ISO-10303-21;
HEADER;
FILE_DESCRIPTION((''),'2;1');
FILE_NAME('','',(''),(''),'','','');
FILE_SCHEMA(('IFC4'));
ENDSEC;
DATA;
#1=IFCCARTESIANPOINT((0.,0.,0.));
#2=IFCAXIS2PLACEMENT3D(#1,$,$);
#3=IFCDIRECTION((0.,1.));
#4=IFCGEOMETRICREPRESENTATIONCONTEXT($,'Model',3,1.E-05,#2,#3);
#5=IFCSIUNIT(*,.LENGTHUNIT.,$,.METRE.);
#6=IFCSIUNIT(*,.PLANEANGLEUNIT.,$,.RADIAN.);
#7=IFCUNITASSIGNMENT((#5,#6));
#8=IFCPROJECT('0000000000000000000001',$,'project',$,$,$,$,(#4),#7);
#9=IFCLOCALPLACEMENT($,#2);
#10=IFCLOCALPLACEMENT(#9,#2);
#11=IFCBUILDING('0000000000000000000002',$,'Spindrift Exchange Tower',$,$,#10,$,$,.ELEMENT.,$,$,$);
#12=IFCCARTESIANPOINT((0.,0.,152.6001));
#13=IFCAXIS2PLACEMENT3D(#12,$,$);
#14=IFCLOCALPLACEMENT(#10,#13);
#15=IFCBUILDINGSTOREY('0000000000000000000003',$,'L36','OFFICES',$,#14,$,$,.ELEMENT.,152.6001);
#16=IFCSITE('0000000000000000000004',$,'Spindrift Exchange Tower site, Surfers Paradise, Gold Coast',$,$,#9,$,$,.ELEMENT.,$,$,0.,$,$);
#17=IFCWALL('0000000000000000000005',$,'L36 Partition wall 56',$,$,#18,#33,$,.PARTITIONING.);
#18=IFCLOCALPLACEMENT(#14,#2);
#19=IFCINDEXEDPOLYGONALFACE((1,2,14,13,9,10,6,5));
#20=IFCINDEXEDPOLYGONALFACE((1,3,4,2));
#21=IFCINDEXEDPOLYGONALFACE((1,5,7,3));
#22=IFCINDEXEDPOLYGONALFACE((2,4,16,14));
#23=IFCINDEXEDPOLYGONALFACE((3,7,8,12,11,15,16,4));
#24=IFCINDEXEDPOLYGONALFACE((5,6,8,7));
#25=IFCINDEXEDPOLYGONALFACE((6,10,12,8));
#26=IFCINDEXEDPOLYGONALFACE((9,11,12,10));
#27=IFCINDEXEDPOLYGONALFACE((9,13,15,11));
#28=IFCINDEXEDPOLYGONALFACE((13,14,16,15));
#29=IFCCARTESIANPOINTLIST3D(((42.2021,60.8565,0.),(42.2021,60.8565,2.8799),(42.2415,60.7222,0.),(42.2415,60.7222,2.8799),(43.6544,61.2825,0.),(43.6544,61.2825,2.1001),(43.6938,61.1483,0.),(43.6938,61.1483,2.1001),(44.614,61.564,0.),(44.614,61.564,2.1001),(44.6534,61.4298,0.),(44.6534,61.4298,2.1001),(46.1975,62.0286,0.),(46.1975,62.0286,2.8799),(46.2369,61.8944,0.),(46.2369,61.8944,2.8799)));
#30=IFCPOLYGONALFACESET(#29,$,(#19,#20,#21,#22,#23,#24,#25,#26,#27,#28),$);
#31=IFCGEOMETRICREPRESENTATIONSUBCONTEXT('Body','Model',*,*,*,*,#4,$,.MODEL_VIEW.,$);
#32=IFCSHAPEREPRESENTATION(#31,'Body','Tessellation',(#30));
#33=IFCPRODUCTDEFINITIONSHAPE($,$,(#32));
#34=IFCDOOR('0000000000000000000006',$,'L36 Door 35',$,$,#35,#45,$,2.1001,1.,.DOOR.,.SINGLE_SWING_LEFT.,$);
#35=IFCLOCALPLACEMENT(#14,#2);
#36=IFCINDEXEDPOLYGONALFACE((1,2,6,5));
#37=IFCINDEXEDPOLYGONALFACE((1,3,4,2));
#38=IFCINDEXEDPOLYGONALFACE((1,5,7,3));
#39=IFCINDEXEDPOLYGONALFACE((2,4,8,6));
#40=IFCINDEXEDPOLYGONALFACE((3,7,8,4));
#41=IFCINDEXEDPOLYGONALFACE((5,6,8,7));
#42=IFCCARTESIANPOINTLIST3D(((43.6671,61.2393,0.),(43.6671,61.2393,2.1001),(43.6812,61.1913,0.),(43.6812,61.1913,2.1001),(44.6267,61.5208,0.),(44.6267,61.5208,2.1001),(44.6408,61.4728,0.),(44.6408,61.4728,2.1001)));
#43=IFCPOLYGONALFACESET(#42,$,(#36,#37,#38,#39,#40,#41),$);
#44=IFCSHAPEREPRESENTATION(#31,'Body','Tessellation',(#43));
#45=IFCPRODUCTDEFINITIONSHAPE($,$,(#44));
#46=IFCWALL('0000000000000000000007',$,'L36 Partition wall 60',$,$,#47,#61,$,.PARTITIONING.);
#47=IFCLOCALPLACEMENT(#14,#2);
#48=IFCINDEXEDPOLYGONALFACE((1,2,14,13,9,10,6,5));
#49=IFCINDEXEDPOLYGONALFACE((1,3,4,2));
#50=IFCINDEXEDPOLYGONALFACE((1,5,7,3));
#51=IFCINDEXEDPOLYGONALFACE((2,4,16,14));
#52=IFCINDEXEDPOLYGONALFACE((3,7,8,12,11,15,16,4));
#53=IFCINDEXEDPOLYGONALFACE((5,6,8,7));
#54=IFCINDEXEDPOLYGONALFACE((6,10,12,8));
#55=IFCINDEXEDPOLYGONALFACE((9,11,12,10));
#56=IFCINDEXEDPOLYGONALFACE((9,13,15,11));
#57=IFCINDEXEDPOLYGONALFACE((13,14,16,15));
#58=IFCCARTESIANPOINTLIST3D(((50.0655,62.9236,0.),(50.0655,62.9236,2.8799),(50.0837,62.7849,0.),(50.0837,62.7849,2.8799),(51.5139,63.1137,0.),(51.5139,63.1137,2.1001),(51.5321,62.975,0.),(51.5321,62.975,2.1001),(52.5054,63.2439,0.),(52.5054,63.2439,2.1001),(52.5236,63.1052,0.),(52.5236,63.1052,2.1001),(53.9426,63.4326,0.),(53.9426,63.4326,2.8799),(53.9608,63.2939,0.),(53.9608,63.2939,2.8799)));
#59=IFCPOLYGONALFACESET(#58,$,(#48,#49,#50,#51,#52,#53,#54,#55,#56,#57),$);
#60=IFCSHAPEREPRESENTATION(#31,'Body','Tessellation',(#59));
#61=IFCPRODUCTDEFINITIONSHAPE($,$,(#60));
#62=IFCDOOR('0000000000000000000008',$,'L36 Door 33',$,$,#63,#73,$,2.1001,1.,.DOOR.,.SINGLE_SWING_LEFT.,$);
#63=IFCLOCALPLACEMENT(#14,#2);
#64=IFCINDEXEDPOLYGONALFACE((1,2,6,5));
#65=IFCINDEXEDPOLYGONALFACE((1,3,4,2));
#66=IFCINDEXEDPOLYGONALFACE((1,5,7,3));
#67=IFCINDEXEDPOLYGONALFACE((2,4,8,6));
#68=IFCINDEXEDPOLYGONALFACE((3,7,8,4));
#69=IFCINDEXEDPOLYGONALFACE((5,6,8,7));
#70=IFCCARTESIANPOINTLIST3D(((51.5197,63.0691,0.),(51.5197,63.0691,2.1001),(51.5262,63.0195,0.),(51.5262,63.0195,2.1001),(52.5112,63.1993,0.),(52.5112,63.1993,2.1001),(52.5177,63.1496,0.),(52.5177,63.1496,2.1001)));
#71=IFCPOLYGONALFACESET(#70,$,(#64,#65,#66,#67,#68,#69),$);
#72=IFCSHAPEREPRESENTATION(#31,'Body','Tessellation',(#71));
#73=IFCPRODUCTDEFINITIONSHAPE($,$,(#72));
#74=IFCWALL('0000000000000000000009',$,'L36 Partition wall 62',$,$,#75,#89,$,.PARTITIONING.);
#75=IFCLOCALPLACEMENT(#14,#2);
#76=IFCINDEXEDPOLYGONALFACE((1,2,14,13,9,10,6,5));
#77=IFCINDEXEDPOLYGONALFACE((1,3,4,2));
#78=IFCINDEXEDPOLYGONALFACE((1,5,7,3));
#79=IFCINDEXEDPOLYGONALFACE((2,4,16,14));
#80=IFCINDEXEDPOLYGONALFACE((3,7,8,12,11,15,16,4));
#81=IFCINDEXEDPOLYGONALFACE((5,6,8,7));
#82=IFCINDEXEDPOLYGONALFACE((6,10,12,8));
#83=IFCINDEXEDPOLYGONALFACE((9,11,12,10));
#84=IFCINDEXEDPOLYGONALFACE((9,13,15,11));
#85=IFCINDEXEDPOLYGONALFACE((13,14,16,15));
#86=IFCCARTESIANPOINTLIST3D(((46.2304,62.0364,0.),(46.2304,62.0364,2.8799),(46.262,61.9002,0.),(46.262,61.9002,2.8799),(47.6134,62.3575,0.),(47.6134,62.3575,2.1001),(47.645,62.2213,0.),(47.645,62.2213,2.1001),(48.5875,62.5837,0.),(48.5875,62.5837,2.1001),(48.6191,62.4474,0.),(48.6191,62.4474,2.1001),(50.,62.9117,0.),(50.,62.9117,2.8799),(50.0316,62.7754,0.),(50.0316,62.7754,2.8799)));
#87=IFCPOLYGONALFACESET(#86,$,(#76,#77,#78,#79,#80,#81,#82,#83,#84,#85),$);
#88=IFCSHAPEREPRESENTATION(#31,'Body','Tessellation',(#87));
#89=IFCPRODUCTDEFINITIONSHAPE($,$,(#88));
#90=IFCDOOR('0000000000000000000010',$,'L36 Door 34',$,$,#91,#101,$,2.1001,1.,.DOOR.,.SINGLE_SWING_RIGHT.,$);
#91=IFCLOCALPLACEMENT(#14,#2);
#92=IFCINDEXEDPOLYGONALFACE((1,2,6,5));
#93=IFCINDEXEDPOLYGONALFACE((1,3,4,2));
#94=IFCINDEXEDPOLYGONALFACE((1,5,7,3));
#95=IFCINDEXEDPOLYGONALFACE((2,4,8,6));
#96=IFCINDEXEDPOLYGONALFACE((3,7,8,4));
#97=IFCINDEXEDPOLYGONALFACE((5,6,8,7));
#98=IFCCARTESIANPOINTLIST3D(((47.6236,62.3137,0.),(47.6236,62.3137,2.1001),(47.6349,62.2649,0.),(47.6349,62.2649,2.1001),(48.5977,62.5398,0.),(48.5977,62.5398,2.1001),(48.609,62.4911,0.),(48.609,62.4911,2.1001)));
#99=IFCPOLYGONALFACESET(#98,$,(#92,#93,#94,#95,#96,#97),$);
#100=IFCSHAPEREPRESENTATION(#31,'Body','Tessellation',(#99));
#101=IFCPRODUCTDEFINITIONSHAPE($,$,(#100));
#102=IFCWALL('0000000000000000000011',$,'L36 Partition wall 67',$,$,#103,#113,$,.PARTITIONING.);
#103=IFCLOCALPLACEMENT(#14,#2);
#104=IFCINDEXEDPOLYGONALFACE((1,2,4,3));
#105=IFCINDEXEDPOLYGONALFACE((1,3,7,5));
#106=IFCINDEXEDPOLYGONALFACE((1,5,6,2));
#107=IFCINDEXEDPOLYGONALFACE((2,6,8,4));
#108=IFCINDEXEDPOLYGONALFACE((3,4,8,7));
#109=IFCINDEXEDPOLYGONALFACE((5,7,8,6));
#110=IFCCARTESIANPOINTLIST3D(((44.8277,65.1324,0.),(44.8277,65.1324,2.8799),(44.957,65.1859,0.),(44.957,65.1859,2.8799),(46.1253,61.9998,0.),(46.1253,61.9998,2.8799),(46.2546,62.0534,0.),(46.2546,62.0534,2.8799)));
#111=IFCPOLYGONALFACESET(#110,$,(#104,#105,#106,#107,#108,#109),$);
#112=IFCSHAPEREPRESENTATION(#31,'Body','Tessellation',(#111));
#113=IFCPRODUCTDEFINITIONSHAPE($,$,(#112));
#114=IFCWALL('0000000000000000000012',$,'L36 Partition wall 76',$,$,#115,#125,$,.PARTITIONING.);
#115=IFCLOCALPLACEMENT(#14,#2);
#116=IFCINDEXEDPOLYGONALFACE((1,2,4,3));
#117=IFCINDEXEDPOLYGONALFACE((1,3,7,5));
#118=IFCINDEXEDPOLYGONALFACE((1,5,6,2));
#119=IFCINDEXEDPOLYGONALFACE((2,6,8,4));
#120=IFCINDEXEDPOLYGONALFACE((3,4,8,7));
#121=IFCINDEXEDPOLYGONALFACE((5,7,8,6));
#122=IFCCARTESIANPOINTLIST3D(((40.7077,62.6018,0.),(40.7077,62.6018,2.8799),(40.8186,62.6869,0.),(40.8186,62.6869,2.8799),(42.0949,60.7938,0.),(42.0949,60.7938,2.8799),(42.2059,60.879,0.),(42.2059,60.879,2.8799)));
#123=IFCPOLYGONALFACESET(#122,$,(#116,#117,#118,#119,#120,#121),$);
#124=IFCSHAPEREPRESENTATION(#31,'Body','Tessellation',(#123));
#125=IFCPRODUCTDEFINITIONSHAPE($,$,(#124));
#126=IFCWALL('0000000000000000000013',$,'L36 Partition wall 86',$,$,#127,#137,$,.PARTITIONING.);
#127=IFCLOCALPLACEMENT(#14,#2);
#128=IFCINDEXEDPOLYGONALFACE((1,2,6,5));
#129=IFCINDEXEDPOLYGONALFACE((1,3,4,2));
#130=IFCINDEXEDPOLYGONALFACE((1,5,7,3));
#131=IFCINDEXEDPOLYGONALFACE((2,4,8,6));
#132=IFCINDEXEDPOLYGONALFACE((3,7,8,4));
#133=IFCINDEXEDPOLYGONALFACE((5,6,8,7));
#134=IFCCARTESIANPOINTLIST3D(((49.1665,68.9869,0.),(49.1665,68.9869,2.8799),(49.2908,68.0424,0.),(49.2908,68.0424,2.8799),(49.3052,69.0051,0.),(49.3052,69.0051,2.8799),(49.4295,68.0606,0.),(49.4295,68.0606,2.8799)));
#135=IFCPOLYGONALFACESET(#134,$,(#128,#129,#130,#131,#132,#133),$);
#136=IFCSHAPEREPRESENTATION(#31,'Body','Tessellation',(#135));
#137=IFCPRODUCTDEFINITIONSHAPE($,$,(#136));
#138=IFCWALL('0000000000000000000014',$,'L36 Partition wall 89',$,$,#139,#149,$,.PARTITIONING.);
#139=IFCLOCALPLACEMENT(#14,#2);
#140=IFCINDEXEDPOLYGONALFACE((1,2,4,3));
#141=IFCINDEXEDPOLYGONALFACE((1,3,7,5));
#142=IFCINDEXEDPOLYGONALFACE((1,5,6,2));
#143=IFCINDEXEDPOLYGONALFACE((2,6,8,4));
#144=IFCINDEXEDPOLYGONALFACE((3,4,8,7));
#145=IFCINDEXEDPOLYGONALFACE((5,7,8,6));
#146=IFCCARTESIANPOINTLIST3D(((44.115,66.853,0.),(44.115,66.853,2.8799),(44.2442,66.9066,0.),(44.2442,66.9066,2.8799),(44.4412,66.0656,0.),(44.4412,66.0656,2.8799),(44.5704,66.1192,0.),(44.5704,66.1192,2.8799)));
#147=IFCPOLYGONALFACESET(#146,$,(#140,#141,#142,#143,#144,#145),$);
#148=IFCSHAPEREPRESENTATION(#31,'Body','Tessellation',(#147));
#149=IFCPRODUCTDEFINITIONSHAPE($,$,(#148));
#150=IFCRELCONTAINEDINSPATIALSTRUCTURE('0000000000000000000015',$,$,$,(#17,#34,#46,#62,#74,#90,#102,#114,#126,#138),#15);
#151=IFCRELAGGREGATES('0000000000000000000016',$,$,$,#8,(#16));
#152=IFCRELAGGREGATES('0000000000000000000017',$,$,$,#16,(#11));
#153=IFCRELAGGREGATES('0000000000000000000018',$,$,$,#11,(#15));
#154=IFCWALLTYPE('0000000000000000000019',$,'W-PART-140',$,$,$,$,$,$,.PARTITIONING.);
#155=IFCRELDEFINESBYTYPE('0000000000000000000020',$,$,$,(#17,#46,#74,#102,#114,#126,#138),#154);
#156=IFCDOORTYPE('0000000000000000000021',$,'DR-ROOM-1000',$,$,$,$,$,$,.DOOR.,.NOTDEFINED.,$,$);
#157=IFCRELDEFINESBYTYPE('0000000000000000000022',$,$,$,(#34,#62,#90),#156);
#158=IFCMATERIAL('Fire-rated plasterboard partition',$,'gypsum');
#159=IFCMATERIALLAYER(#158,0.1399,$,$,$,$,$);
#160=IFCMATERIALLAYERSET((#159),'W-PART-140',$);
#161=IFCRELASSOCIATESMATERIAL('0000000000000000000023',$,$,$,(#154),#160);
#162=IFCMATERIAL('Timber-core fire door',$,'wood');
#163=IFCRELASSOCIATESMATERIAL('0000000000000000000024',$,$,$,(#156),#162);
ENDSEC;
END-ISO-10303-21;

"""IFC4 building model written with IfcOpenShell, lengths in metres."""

from ifc_helpers import new_model, si_unit, direction, frame, frame_2d, origin, place, context, subcontext, project, spatial, rectangle, extrude, source, transform, mapped, material, layer, layer_set, type_object, element, fill, save


model = new_model("IFC4")

# Units and contexts
model_context = context("Model", 3, precision=1e-05, world=origin(), true_north=direction((0.0, 1.0)))
body_context = subcontext(model_context, "Body", "Model", "MODEL_VIEW")
ifc_project = project(units=[si_unit("LENGTHUNIT", "METRE"), si_unit("PLANEANGLEUNIT", "RADIAN")], contexts=[model_context])

# Site, building, storey
site_placement = place(None, origin())
site = spatial("IfcSite", under=ifc_project, at=site_placement, Name="Spindrift Exchange Tower site, Surfers Paradise, Gold Coast", CompositionType="ELEMENT", RefElevation=0.0)
building_placement = place(site_placement, origin())
building = spatial("IfcBuilding", under=site, at=building_placement, Name="Spindrift Exchange Tower", CompositionType="ELEMENT")
storey_placement = place(building_placement, frame((0.0, 0.0, 152.6001)))
storey = spatial("IfcBuildingStorey", under=building, at=storey_placement, Name="L36", Description="OFFICES", CompositionType="ELEMENT", Elevation=152.6001)

# Shared definitions
ifc_material_1 = material(Name="Fire-rated plasterboard partition", Category="gypsum")
ifc_layer_1 = layer(ifc_material_1, 0.1399)
ifc_layer_set_1 = layer_set([ifc_layer_1], Name="W-PART-140")
wall_type = type_object("IfcWallType", Name="W-PART-140", PredefinedType="PARTITIONING", material=ifc_layer_set_1)

# Walls, openings, doors
wall_1_placement = place(storey_placement, frame((42.2217, 60.7893, 0.0), z_axis=(0.0, 0.0, 1.0), x_axis=(0.959559, 0.281506, 0.0)))
wall_1 = element("IfcWall", 1, at=wall_1_placement, inside=storey, type_object=wall_type, Name="L36 Partition wall 56", PredefinedType="PARTITIONING", context=body_context, shape_type="SweptSolid", body=[
    extrude(rectangle(XDim=4.1638, YDim=0.1399, at=frame_2d((2.082, 0.0))), origin(), (0.0, 0.0, 1.0), 2.8799),
])
opening_1_placement = place(wall_1_placement, frame((1.5137, 0.0, 0.0)))
opening_1 = element("IfcOpeningElement", 2, at=opening_1_placement, cuts=wall_1, PredefinedType="OPENING", context=body_context, shape_type="SweptSolid", body=[
    extrude(rectangle(XDim=1.0, YDim=2.1001, at=frame_2d((0.5, 1.05))), frame((0.0, 0.0798, 0.0), z_axis=(0.0, -1.0, 0.0), x_axis=(1.0, 0.0, 0.0)), (0.0, 0.0, 1.0), 0.1599),
])
ifc_material_2 = material(Name="Timber-core fire door", Category="wood")
door_type = type_object("IfcDoorType", Name="DR-ROOM-1000", OperationType="NOTDEFINED", PredefinedType="DOOR", material=ifc_material_2)
shared_shape_1 = source(origin(), body_context, "Body", "SweptSolid", [
    extrude(rectangle(XDim=1.0, YDim=2.1001, at=frame_2d((0.5, 1.05))), frame((0.0, 0.0249, 0.0), z_axis=(0.0, -1.0, 0.0), x_axis=(1.0, 0.0, 0.0)), (0.0, 0.0, 1.0), 0.05),
])
door_1_placement = place(opening_1_placement, origin())
door_1 = element("IfcDoor", 3, at=door_1_placement, inside=storey, type_object=door_type, Name="L36 Door 35", OperationType="SINGLE_SWING_LEFT", OverallHeight=2.1001, OverallWidth=1.0, PredefinedType="DOOR", context=body_context, shape_type="MappedRepresentation", body=[
    mapped(shared_shape_1, transform((0.0, 0.0, 0.0), scale=1.0)),
])
fill(opening_1, door_1)
wall_2_placement = place(storey_placement, frame((50.0747, 62.8542, 0.0), z_axis=(0.0, 0.0, 1.0), x_axis=(0.991491, 0.130172, 0.0)))
wall_2 = element("IfcWall", 4, at=wall_2_placement, inside=storey, type_object=wall_type, Name="L36 Partition wall 60", PredefinedType="PARTITIONING", context=body_context, shape_type="SweptSolid", body=[
    extrude(rectangle(XDim=3.9104, YDim=0.1399, at=frame_2d((1.9551, 0.0))), origin(), (0.0, 0.0, 1.0), 2.8799),
])
opening_2_placement = place(wall_2_placement, frame((1.4607, 0.0, 0.0)))
opening_2 = element("IfcOpeningElement", 5, at=opening_2_placement, cuts=wall_2, PredefinedType="OPENING", context=body_context, shape_type="SweptSolid", body=[
    extrude(rectangle(XDim=1.0, YDim=2.1001, at=frame_2d((0.5, 1.05))), frame((0.0, 0.0798, 0.0), z_axis=(0.0, -1.0, 0.0), x_axis=(1.0, 0.0, 0.0)), (0.0, 0.0, 1.0), 0.1599),
])
door_2_placement = place(opening_2_placement, origin())
door_2 = element("IfcDoor", 6, at=door_2_placement, inside=storey, type_object=door_type, Name="L36 Door 33", OperationType="SINGLE_SWING_LEFT", OverallHeight=2.1001, OverallWidth=1.0, PredefinedType="DOOR", context=body_context, shape_type="MappedRepresentation", body=[
    mapped(shared_shape_1, transform((0.0, 0.0, 0.0), scale=1.0)),
])
fill(opening_2, door_2)
wall_3_placement = place(storey_placement, frame((46.2461, 61.9683, 0.0), z_axis=(0.0, 0.0, 1.0), x_axis=(0.974087, 0.226172, 0.0)))
wall_3 = element("IfcWall", 7, at=wall_3_placement, inside=storey, type_object=wall_type, Name="L36 Partition wall 62", PredefinedType="PARTITIONING", context=body_context, shape_type="SweptSolid", body=[
    extrude(rectangle(XDim=3.8699, YDim=0.1399, at=frame_2d((1.9351, 0.0))), origin(), (0.0, 0.0, 1.0), 2.8799),
])
opening_3_placement = place(wall_3_placement, frame((1.4199, 0.0, 0.0)))
opening_3 = element("IfcOpeningElement", 8, at=opening_3_placement, cuts=wall_3, PredefinedType="OPENING", context=body_context, shape_type="SweptSolid", body=[
    extrude(rectangle(XDim=1.0, YDim=2.1001, at=frame_2d((0.5, 1.05))), frame((0.0, 0.0798, 0.0), z_axis=(0.0, -1.0, 0.0), x_axis=(1.0, 0.0, 0.0)), (0.0, 0.0, 1.0), 0.1599),
])
door_3_placement = place(opening_3_placement, origin())
door_3 = element("IfcDoor", 9, at=door_3_placement, inside=storey, type_object=door_type, Name="L36 Door 34", OperationType="SINGLE_SWING_RIGHT", OverallHeight=2.1001, OverallWidth=1.0, PredefinedType="DOOR", context=body_context, shape_type="MappedRepresentation", body=[
    mapped(shared_shape_1, transform((0.0, 0.0, 0.0), scale=1.0)),
])
fill(opening_3, door_3)

# Walls
wall_4_placement = place(storey_placement, frame((46.1899, 62.0266, 0.0), z_axis=(0.0, 0.0, 1.0), x_axis=(-0.382697, 0.923874, 0.0)))
element("IfcWall", 10, at=wall_4_placement, inside=storey, type_object=wall_type, Name="L36 Partition wall 67", PredefinedType="PARTITIONING", context=body_context, shape_type="SweptSolid", body=[
    extrude(rectangle(XDim=3.3906, YDim=0.1399, at=frame_2d((1.6953, 0.0))), origin(), (0.0, 0.0, 1.0), 2.8799),
])
wall_5_placement = place(storey_placement, frame((42.1504, 60.8364, 0.0), z_axis=(0.0, 0.0, 1.0), x_axis=(-0.608758, 0.793356, 0.0)))
element("IfcWall", 11, at=wall_5_placement, inside=storey, type_object=wall_type, Name="L36 Partition wall 76", PredefinedType="PARTITIONING", context=body_context, shape_type="SweptSolid", body=[
    extrude(rectangle(XDim=2.2788, YDim=0.1399, at=frame_2d((1.1394, 0.0))), origin(), (0.0, 0.0, 1.0), 2.8799),
])
wall_6_placement = place(storey_placement, frame((49.3601, 68.0515, 0.0), z_axis=(0.0, 0.0, 1.0), x_axis=(-0.130435, 0.991457, 0.0)))
element("IfcWall", 12, at=wall_6_placement, inside=storey, type_object=wall_type, Name="L36 Partition wall 86", PredefinedType="PARTITIONING", context=body_context, shape_type="SweptSolid", body=[
    extrude(rectangle(XDim=0.9526, YDim=0.1399, at=frame_2d((0.4763, 0.0))), origin(), (0.0, 0.0, 1.0), 2.8799),
])
wall_7_placement = place(storey_placement, frame((44.5059, 66.0923, 0.0), z_axis=(0.0, 0.0, 1.0), x_axis=(-0.382723, 0.923863, 0.0)))
element("IfcWall", 13, at=wall_7_placement, inside=storey, type_object=wall_type, Name="L36 Partition wall 89", PredefinedType="PARTITIONING", context=body_context, shape_type="SweptSolid", body=[
    extrude(rectangle(XDim=0.8523, YDim=0.1399, at=frame_2d((0.4263, 0.0))), origin(), (0.0, 0.0, 1.0), 2.8799),
])

save(model, "model.ifc")
